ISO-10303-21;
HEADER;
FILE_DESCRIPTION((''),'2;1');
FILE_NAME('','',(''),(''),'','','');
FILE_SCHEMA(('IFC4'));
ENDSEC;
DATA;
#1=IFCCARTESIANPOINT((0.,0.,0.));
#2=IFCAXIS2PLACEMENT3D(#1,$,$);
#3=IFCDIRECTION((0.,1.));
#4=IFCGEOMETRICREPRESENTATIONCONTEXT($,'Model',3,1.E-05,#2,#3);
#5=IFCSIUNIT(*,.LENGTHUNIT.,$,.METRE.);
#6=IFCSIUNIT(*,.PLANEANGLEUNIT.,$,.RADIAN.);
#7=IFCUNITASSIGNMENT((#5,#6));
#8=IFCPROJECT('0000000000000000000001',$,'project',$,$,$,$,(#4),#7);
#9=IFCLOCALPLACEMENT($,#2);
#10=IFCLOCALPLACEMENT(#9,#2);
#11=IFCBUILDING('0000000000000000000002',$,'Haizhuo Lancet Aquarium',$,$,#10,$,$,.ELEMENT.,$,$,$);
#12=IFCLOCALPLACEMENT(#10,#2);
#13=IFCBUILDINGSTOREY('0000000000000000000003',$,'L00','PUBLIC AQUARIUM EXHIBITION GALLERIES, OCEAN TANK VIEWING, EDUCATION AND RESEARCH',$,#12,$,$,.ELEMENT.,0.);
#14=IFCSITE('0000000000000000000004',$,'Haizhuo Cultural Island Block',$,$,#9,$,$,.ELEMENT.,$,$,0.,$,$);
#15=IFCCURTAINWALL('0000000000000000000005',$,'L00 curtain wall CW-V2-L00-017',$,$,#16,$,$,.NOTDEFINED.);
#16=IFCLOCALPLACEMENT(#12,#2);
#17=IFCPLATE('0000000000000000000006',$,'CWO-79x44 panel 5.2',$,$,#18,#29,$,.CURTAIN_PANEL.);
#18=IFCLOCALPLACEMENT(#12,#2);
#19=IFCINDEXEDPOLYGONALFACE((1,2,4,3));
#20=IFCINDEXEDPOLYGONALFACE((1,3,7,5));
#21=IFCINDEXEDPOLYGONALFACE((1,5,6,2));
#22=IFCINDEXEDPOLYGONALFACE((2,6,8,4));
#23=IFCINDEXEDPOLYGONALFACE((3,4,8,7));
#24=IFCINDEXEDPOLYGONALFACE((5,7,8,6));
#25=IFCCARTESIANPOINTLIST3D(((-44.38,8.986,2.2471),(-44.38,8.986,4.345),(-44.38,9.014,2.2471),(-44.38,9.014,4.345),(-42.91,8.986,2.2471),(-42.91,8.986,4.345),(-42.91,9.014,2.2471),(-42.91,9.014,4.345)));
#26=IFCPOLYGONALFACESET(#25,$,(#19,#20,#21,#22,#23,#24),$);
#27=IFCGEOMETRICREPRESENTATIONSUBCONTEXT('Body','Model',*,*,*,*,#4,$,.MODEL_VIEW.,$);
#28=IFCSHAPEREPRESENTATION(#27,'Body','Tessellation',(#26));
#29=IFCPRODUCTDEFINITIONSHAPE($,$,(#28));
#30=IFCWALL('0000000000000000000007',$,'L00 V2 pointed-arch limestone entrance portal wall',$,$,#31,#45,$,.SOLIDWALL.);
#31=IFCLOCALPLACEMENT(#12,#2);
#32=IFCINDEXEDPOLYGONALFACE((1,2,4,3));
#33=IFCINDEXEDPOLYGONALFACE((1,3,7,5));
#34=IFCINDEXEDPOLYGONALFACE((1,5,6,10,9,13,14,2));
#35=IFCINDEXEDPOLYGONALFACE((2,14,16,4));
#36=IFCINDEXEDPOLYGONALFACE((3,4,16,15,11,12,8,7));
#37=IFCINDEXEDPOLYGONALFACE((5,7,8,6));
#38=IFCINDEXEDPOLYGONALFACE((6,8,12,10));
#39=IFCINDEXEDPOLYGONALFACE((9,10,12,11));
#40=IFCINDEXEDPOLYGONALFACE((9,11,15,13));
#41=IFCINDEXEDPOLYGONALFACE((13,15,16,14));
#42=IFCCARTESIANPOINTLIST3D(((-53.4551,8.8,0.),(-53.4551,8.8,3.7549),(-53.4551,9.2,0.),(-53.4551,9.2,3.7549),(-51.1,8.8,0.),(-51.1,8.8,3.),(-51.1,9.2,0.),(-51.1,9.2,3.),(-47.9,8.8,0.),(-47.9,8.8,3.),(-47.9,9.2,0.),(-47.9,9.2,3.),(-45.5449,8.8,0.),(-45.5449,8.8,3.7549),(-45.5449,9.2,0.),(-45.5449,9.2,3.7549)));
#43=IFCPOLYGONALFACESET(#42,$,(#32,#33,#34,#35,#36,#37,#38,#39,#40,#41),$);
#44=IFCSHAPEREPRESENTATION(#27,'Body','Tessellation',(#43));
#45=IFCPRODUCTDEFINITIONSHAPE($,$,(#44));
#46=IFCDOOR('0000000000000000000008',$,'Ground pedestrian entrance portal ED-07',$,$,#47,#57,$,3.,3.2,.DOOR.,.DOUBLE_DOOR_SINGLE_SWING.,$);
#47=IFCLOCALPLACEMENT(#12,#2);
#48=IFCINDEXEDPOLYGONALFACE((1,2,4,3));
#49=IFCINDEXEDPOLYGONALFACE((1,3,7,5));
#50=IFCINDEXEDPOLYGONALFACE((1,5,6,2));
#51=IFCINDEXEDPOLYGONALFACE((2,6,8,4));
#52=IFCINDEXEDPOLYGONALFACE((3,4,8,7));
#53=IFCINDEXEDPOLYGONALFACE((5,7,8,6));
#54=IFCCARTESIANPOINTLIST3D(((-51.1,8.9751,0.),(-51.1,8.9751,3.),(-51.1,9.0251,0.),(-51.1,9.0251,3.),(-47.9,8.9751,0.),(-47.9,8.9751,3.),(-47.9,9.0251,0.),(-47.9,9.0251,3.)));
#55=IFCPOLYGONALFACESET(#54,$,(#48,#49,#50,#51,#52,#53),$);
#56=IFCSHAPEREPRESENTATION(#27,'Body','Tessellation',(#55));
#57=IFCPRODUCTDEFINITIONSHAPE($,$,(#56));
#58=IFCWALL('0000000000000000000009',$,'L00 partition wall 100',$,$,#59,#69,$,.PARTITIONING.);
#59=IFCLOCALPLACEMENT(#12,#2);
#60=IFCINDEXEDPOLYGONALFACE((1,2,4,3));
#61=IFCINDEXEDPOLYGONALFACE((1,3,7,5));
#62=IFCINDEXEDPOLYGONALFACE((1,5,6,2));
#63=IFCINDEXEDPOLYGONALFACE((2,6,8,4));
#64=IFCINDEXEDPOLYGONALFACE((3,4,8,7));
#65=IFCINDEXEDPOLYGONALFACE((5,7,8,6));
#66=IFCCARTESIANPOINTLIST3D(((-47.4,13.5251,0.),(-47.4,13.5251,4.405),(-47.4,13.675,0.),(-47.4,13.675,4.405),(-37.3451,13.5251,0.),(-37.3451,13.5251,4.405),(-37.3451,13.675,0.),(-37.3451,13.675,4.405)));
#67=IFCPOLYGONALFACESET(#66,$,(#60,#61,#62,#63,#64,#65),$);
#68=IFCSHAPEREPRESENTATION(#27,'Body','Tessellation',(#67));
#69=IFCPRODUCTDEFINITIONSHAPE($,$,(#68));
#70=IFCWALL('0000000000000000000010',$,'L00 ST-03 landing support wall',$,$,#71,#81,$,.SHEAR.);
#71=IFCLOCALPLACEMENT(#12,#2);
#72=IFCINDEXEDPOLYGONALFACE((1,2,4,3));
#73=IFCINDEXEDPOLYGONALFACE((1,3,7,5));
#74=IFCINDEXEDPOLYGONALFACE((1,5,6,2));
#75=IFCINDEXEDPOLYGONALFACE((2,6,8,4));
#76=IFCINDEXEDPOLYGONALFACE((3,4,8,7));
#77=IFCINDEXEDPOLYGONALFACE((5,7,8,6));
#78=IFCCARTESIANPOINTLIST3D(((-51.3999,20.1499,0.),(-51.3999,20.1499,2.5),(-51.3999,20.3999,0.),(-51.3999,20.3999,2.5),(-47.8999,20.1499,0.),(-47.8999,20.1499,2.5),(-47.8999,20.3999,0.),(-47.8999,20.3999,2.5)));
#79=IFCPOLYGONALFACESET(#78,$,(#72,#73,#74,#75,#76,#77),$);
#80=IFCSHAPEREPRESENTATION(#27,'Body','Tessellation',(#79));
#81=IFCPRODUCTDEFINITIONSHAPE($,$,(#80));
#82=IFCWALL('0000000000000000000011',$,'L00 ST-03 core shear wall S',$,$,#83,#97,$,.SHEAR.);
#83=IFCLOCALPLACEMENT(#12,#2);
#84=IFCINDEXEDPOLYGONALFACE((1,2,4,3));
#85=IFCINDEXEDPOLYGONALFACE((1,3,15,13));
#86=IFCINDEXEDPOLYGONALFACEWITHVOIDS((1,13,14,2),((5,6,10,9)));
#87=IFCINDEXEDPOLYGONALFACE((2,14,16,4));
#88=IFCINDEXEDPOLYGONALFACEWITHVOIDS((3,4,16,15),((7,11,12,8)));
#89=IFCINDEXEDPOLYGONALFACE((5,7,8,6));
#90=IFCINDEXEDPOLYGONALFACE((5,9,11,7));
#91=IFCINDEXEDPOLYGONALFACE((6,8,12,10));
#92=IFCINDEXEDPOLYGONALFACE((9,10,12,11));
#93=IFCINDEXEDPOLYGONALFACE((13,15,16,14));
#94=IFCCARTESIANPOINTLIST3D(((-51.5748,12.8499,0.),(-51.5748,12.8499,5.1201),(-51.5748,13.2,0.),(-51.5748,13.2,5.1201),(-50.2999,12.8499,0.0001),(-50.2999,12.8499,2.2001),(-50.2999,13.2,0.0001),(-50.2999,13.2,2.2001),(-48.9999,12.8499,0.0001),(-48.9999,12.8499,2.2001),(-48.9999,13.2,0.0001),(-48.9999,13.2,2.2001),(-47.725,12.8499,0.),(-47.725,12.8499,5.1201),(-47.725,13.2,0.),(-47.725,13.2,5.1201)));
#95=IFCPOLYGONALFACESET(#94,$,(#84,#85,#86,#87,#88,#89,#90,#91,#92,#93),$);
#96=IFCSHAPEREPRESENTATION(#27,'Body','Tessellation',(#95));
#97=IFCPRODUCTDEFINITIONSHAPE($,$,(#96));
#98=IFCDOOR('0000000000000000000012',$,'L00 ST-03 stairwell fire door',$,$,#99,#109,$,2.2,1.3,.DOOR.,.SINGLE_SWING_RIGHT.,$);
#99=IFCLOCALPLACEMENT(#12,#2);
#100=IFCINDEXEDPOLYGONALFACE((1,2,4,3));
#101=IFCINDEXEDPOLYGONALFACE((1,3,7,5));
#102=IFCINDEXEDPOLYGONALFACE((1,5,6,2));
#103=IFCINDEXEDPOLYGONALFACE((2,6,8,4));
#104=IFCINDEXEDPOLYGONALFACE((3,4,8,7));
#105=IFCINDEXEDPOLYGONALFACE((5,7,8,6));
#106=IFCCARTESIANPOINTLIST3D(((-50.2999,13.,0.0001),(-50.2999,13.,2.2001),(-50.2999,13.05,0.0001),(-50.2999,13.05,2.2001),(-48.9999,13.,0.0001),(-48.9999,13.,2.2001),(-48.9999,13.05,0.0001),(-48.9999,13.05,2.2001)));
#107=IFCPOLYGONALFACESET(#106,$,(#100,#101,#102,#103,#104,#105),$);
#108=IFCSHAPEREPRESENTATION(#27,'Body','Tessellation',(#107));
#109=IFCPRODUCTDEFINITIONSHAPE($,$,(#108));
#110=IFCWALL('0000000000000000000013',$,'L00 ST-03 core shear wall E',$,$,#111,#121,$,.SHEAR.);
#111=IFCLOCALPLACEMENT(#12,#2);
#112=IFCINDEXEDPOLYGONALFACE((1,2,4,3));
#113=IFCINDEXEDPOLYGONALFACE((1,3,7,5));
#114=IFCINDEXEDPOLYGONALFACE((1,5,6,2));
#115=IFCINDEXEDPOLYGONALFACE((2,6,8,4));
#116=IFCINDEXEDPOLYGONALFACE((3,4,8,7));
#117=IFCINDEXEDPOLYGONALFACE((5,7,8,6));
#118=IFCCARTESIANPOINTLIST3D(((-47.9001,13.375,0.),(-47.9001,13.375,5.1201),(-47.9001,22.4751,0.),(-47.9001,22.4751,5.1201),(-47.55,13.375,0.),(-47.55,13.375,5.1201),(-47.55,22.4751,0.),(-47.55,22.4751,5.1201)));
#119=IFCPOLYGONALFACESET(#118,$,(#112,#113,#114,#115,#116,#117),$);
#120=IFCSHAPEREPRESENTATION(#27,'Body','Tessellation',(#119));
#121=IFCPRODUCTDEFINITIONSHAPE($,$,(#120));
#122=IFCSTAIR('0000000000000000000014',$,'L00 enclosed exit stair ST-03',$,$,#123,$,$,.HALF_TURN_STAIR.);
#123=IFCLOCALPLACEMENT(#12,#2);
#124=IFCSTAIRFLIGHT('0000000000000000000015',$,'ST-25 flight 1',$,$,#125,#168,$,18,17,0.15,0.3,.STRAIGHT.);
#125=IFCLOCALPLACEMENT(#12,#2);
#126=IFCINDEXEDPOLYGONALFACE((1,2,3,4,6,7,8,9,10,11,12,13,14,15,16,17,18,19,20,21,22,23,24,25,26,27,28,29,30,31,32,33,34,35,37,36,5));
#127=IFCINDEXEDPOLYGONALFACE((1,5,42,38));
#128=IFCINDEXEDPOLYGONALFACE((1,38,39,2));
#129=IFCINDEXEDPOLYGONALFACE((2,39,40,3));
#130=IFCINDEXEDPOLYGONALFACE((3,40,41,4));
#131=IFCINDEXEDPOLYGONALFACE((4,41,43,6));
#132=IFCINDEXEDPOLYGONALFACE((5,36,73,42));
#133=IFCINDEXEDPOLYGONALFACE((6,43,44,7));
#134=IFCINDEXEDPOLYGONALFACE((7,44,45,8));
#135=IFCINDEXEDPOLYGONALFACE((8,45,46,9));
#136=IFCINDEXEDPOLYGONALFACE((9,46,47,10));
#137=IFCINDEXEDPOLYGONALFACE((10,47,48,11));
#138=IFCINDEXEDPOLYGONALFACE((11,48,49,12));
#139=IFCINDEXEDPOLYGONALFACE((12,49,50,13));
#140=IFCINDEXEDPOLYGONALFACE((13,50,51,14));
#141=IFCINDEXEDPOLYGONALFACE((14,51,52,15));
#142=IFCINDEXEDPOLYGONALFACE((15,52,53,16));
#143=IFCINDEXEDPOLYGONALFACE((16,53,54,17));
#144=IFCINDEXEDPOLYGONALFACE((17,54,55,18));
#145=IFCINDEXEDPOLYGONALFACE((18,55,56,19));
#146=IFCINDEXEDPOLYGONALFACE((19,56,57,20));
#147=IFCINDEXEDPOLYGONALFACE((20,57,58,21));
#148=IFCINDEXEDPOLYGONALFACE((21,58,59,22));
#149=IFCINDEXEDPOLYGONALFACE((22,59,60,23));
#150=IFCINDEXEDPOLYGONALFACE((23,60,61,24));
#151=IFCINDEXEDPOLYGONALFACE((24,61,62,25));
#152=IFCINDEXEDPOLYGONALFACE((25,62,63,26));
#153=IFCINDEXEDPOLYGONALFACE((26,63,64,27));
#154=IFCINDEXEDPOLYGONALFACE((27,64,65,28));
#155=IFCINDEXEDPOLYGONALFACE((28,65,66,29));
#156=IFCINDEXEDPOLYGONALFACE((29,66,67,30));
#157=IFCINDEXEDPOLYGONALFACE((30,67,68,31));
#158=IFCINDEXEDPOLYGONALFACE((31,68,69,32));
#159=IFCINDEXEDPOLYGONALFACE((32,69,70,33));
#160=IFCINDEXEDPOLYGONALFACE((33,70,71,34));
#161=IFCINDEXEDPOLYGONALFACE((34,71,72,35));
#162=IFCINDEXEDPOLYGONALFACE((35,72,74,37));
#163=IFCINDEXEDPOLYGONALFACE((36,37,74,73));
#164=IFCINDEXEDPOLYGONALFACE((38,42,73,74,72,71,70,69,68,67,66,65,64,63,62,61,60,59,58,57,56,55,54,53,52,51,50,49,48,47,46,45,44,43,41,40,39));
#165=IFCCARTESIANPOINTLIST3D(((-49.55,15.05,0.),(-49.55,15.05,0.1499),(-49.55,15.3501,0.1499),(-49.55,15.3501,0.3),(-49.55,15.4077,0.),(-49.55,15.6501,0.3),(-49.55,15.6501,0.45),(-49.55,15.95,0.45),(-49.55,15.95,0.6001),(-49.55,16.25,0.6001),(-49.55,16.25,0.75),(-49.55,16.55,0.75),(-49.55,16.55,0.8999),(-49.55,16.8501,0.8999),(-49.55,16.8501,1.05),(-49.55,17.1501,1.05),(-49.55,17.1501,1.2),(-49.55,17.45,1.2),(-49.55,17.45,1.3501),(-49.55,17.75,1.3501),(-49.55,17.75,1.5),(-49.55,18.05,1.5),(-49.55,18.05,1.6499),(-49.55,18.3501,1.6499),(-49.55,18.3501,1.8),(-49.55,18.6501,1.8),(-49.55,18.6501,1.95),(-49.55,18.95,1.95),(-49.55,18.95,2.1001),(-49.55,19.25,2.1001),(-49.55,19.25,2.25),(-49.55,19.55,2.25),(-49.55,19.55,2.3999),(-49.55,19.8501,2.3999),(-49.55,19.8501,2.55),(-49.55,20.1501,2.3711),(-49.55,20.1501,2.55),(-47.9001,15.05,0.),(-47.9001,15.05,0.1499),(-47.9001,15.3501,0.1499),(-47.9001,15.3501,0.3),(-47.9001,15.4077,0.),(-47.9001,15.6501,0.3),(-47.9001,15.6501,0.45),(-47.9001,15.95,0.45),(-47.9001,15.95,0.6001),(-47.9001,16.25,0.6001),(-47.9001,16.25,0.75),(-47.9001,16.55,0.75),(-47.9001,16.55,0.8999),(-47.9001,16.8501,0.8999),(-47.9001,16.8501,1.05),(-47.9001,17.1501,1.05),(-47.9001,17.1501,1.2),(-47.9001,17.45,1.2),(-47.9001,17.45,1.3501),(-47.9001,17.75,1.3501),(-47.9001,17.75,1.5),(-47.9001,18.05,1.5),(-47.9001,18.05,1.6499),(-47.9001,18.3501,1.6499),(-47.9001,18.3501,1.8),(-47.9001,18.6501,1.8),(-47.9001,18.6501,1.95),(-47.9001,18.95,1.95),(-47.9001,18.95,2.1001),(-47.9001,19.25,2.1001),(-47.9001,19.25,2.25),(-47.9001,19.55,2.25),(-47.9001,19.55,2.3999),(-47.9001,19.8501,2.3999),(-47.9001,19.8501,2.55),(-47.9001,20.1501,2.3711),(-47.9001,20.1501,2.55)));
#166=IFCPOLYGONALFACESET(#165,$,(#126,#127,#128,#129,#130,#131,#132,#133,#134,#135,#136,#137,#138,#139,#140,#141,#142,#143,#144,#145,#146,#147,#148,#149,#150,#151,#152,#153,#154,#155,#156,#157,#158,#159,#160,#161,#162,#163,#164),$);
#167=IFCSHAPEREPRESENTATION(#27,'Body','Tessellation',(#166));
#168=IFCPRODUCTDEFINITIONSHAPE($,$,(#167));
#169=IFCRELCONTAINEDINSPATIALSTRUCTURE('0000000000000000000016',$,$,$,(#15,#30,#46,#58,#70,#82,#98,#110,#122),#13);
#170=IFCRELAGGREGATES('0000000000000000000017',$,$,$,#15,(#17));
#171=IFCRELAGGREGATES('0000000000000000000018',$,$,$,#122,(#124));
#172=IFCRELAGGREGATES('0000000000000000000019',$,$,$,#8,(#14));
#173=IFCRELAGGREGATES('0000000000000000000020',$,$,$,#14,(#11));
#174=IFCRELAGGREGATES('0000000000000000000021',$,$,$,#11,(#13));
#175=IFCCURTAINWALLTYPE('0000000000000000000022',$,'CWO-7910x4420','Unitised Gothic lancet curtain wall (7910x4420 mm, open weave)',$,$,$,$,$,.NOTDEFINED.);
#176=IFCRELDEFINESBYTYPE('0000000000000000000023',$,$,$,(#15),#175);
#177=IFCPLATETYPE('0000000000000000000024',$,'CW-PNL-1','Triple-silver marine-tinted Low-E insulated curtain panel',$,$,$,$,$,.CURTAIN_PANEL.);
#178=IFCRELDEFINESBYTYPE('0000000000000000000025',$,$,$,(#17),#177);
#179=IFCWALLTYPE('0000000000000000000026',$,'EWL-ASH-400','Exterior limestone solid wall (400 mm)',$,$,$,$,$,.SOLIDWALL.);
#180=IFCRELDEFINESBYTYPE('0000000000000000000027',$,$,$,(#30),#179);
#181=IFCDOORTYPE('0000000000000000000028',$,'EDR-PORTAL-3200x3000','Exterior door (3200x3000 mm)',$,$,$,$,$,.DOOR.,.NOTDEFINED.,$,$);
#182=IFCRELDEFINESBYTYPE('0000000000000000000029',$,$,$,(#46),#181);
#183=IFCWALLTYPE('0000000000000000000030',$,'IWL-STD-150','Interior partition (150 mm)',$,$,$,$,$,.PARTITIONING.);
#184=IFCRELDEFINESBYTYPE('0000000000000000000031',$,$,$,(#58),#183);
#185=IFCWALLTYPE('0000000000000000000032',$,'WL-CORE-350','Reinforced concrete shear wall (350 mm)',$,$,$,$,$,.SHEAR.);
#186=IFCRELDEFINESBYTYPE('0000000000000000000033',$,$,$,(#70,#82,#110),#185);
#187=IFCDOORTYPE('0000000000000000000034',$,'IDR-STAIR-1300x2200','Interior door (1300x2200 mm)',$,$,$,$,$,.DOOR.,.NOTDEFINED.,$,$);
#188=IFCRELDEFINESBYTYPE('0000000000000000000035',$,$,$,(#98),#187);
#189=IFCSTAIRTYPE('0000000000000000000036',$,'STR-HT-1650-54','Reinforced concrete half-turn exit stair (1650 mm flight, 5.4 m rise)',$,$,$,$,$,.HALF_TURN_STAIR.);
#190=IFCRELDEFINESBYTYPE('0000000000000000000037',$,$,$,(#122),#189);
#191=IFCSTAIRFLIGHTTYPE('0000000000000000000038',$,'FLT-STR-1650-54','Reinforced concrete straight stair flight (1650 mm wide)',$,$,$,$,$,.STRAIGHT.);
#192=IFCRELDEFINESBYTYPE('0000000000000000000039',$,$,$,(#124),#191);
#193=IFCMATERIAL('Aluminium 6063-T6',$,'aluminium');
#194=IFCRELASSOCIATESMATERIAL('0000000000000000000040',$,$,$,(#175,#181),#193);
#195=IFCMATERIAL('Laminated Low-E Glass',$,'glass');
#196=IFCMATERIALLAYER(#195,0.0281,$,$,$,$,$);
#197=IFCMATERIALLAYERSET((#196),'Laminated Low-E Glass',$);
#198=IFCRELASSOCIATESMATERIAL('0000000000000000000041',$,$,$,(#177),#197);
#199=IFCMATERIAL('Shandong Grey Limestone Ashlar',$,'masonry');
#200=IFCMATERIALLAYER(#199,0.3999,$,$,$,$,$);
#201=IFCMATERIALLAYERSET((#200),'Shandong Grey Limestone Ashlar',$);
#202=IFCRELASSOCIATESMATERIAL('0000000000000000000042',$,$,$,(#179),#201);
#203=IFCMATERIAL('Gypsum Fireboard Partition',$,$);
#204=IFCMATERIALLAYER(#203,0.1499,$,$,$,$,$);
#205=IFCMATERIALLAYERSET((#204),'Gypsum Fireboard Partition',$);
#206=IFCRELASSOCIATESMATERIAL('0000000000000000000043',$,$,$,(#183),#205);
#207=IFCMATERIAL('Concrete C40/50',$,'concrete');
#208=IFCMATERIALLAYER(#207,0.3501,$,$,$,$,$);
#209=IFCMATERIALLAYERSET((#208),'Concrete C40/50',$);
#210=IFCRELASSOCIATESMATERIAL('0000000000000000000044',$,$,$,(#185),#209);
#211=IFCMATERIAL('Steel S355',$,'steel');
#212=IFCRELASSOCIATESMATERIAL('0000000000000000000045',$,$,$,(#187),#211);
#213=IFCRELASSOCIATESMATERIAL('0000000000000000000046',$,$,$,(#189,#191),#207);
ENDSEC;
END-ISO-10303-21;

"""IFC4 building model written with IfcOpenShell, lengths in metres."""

from ifc_helpers import new_model, si_unit, direction, frame, frame_2d, origin, origin_2d, place, context, subcontext, project, spatial, polyline, rectangle, outline, extrude, material, layer, layer_set, type_object, element, fill, aggregate, save


model = new_model("IFC4")

# Units and contexts
model_context = context("Model", 3, precision=1e-05, world=origin(), true_north=direction((0.0, 1.0)))
body_context = subcontext(model_context, "Body", "Model", "MODEL_VIEW")
ifc_project = project(units=[si_unit("LENGTHUNIT", "METRE"), si_unit("PLANEANGLEUNIT", "RADIAN")], contexts=[model_context])

# Site, building, storey
site_placement = place(None, origin())
site = spatial("IfcSite", under=ifc_project, at=site_placement, Name="Haizhuo Cultural Island Block", CompositionType="ELEMENT", RefElevation=0.0)
building_placement = place(site_placement, origin())
building = spatial("IfcBuilding", under=site, at=building_placement, Name="Haizhuo Lancet Aquarium", CompositionType="ELEMENT")
storey_placement = place(building_placement, origin())
storey = spatial("IfcBuildingStorey", under=building, at=storey_placement, Name="L00", Description="PUBLIC AQUARIUM EXHIBITION GALLERIES, OCEAN TANK VIEWING, EDUCATION AND RESEARCH", CompositionType="ELEMENT", Elevation=0.0)

# Shared definitions
ifc_material_1 = material(Name="Steel S355", Category="steel")

# Curtain wall
ifc_material_2 = material(Name="Aluminium 6063-T6", Category="aluminium")
curtain_wall_type = type_object("IfcCurtainWallType", Name="CWO-7910x4420", Description="Unitised Gothic lancet curtain wall (7910x4420 mm, open weave)", PredefinedType="NOTDEFINED", material=ifc_material_2)
curtain_wall_placement = place(storey_placement, origin())
curtain_wall = element("IfcCurtainWall", 1, at=curtain_wall_placement, inside=storey, type_object=curtain_wall_type, Name="L00 curtain wall CW-V2-L00-017", PredefinedType="NOTDEFINED")

# Plate
ifc_material_3 = material(Name="Laminated Low-E Glass", Category="glass")
ifc_layer_1 = layer(ifc_material_3, 0.0281)
ifc_layer_set_1 = layer_set([ifc_layer_1], Name="Laminated Low-E Glass")
plate_type = type_object("IfcPlateType", Name="CW-PNL-1", Description="Triple-silver marine-tinted Low-E insulated curtain panel", PredefinedType="CURTAIN_PANEL", material=ifc_layer_set_1)
plate_1_placement = place(storey_placement, frame((-43.645, 9.0, 2.2471), z_axis=(0.0, 0.0, 1.0), x_axis=(-1.0, 0.0, 0.0)))
plate_1 = element("IfcPlate", 2, at=plate_1_placement, type_object=plate_type, Name="CWO-79x44 panel 5.2", PredefinedType="CURTAIN_PANEL", context=body_context, shape_type="SweptSolid", body=[
    extrude(rectangle(XDim=1.47, YDim=0.0281, at=origin_2d()), origin(), (0.0, 0.0, 1.0), 2.0979),
])
aggregate(curtain_wall, [plate_1])

# Wall, opening, door
ifc_material_4 = material(Name="Shandong Grey Limestone Ashlar", Category="masonry")
ifc_layer_2 = layer(ifc_material_4, 0.3999)
ifc_layer_set_2 = layer_set([ifc_layer_2], Name="Shandong Grey Limestone Ashlar")
wall_type_1 = type_object("IfcWallType", Name="EWL-ASH-400", Description="Exterior limestone solid wall (400 mm)", PredefinedType="SOLIDWALL", material=ifc_layer_set_2)
wall_1_placement = place(storey_placement, frame((-45.5449, 9.0, 0.0), z_axis=(0.0, 0.0, 1.0), x_axis=(-1.0, 0.0, 0.0)))
wall_1 = element("IfcWall", 3, at=wall_1_placement, inside=storey, type_object=wall_type_1, Name="L00 V2 pointed-arch limestone entrance portal wall", PredefinedType="SOLIDWALL", context=body_context, shape_type="SweptSolid", body=[
    extrude(rectangle(XDim=7.9102, YDim=0.3999, at=frame_2d((3.9551, 0.0))), origin(), (0.0, 0.0, 1.0), 3.7549),
])
opening_1_placement = place(wall_1_placement, frame((2.355, 0.0, 0.0)))
opening_1 = element("IfcOpeningElement", 4, at=opening_1_placement, cuts=wall_1, PredefinedType="OPENING", context=body_context, shape_type="SweptSolid", body=[
    extrude(rectangle(XDim=3.2, YDim=3.0, at=frame_2d((1.6001, 1.5))), frame((0.0, 0.21, 0.0), z_axis=(0.0, -1.0, 0.0), x_axis=(1.0, 0.0, 0.0)), (0.0, 0.0, 1.0), 0.4199),
])
door_type_1 = type_object("IfcDoorType", Name="EDR-PORTAL-3200x3000", Description="Exterior door (3200x3000 mm)", OperationType="NOTDEFINED", PredefinedType="DOOR", material=ifc_material_2)
door_1_placement = place(opening_1_placement, origin())
door_1 = element("IfcDoor", 5, at=door_1_placement, inside=storey, type_object=door_type_1, Name="Ground pedestrian entrance portal ED-07", OperationType="DOUBLE_DOOR_SINGLE_SWING", OverallHeight=3.0, OverallWidth=3.2, PredefinedType="DOOR", context=body_context, shape_type="SweptSolid", body=[
    extrude(rectangle(XDim=3.2, YDim=3.0, at=frame_2d((1.6001, 1.5))), frame((0.0, 0.0249, 0.0), z_axis=(0.0, -1.0, 0.0), x_axis=(1.0, 0.0, 0.0)), (0.0, 0.0, 1.0), 0.05),
])
fill(opening_1, door_1)

# Walls
ifc_material_5 = material(Name="Gypsum Fireboard Partition")
ifc_layer_3 = layer(ifc_material_5, 0.1499)
ifc_layer_set_3 = layer_set([ifc_layer_3], Name="Gypsum Fireboard Partition")
wall_type_2 = type_object("IfcWallType", Name="IWL-STD-150", Description="Interior partition (150 mm)", PredefinedType="PARTITIONING", material=ifc_layer_set_3)
wall_2_placement = place(storey_placement, frame((-47.3999, 13.6001, 0.0), z_axis=(0.0, 0.0, 1.0), x_axis=(1.0, 0.0, 0.0)))
element("IfcWall", 6, at=wall_2_placement, inside=storey, type_object=wall_type_2, Name="L00 partition wall 100", PredefinedType="PARTITIONING", context=body_context, shape_type="SweptSolid", body=[
    extrude(rectangle(XDim=10.0549, YDim=0.1499, at=frame_2d((5.0273, 0.0))), origin(), (0.0, 0.0, 1.0), 4.405),
])
ifc_material_6 = material(Name="Concrete C40/50", Category="concrete")
ifc_layer_4 = layer(ifc_material_6, 0.3501)
ifc_layer_set_4 = layer_set([ifc_layer_4], Name="Concrete C40/50")
wall_type_3 = type_object("IfcWallType", Name="WL-CORE-350", Description="Reinforced concrete shear wall (350 mm)", PredefinedType="SHEAR", material=ifc_layer_set_4)
wall_3_placement = place(storey_placement, frame((-51.3999, 20.2749, 0.0), z_axis=(0.0, 0.0, 1.0), x_axis=(1.0, 0.0, 0.0)))
element("IfcWall", 7, at=wall_3_placement, inside=storey, type_object=wall_type_3, Name="L00 ST-03 landing support wall", PredefinedType="SHEAR", context=body_context, shape_type="SweptSolid", body=[
    extrude(rectangle(XDim=3.5, YDim=0.25, at=frame_2d((1.75, 0.0))), origin(), (0.0, 0.0, 1.0), 2.5),
])

# Wall, opening, door
wall_4_placement = place(storey_placement, frame((-47.7251, 13.0249, 0.0), z_axis=(0.0, 0.0, 1.0), x_axis=(-1.0, 0.0, 0.0)))
wall_4 = element("IfcWall", 8, at=wall_4_placement, inside=storey, type_object=wall_type_3, Name="L00 ST-03 core shear wall S", PredefinedType="SHEAR", context=body_context, shape_type="SweptSolid", body=[
    extrude(rectangle(XDim=3.8499, YDim=0.3501, at=frame_2d((1.9248, 0.0))), origin(), (0.0, 0.0, 1.0), 5.1201),
])
opening_2_placement = place(wall_4_placement, frame((1.2749, 0.0, 0.0)))
opening_2 = element("IfcOpeningElement", 9, at=opening_2_placement, cuts=wall_4, PredefinedType="OPENING", context=body_context, shape_type="SweptSolid", body=[
    extrude(rectangle(XDim=1.3, YDim=2.2, at=frame_2d((0.6499, 1.1001))), frame((0.0, 0.1851, 0.0), z_axis=(0.0, -1.0, 0.0), x_axis=(1.0, 0.0, 0.0)), (0.0, 0.0, 1.0), 0.3701),
])
door_type_2 = type_object("IfcDoorType", Name="IDR-STAIR-1300x2200", Description="Interior door (1300x2200 mm)", OperationType="NOTDEFINED", PredefinedType="DOOR", material=ifc_material_1)
door_2_placement = place(opening_2_placement, origin())
door_2 = element("IfcDoor", 10, at=door_2_placement, inside=storey, type_object=door_type_2, Name="L00 ST-03 stairwell fire door", OperationType="SINGLE_SWING_RIGHT", OverallHeight=2.2, OverallWidth=1.3, PredefinedType="DOOR", context=body_context, shape_type="SweptSolid", body=[
    extrude(rectangle(XDim=1.3, YDim=2.2, at=frame_2d((0.6499, 1.1001))), frame((0.0, 0.0249, 0.0), z_axis=(0.0, -1.0, 0.0), x_axis=(1.0, 0.0, 0.0)), (0.0, 0.0, 1.0), 0.05),
])
fill(opening_2, door_2)

# Wall
wall_5_placement = place(storey_placement, frame((-47.7251, 13.375, 0.0), z_axis=(0.0, 0.0, 1.0), x_axis=(0.0, 1.0, 0.0)))
element("IfcWall", 11, at=wall_5_placement, inside=storey, type_object=wall_type_3, Name="L00 ST-03 core shear wall E", PredefinedType="SHEAR", context=body_context, shape_type="SweptSolid", body=[
    extrude(rectangle(XDim=9.1001, YDim=0.3501, at=frame_2d((4.55, 0.0))), origin(), (0.0, 0.0, 1.0), 5.1201),
])

# Stair, stair flight
stair_type = type_object("IfcStairType", Name="STR-HT-1650-54", Description="Reinforced concrete half-turn exit stair (1650 mm flight, 5.4 m rise)", PredefinedType="HALF_TURN_STAIR", material=ifc_material_6)
stair_placement = place(storey_placement, origin())
stair = element("IfcStair", 12, at=stair_placement, inside=storey, type_object=stair_type, Name="L00 enclosed exit stair ST-03", PredefinedType="HALF_TURN_STAIR")
stair_flight_type = type_object("IfcStairFlightType", Name="FLT-STR-1650-54", Description="Reinforced concrete straight stair flight (1650 mm wide)", PredefinedType="STRAIGHT", material=ifc_material_6)
stair_flight_1_placement = place(storey_placement, frame((-48.7251, 15.05, 0.0), z_axis=(0.0, 0.0, 1.0), x_axis=(0.0, 1.0, 0.0)))
stair_flight_1 = element("IfcStairFlight", 13, at=stair_flight_1_placement, type_object=stair_flight_type, Name="ST-25 flight 1", NumberOfRisers=18, NumberOfTreads=17, PredefinedType="STRAIGHT", RiserHeight=0.15, TreadLength=0.3, context=body_context, shape_type="SweptSolid", body=[
    extrude(outline(polyline([(0.0, 0.0), (0.0, 0.1499), (0.3, 0.1499), (0.3, 0.3), (0.6001, 0.3), (0.6001, 0.45), (0.8999, 0.45), (0.8999, 0.6001), (1.2, 0.6001), (1.2, 0.75), (1.5, 0.75), (1.5, 0.8999), (1.8, 0.8999), (1.8, 1.05), (2.1001, 1.05), (2.1001, 1.2), (2.3999, 1.2), (2.3999, 1.3501), (2.7, 1.3501), (2.7, 1.5), (3.0, 1.5), (3.0, 1.6499), (3.3, 1.6499), (3.3, 1.8), (3.6001, 1.8), (3.6001, 1.95), (3.8999, 1.95), (3.8999, 2.1001), (4.2, 2.1001), (4.2, 2.25), (4.5, 2.25), (4.5, 2.3999), (4.8, 2.3999), (4.8, 2.55), (5.1001, 2.55), (5.1001, 2.7), (5.1001, 2.3711), (0.3577, 0.0), (0.0, 0.0)])), frame((0.0, 0.825, 0.0), z_axis=(0.0, -1.0, 0.0), x_axis=(1.0, 0.0, 0.0)), (0.0, 0.0, 1.0), 1.6499),
])
aggregate(stair, [stair_flight_1])

save(model, "model.ifc")
